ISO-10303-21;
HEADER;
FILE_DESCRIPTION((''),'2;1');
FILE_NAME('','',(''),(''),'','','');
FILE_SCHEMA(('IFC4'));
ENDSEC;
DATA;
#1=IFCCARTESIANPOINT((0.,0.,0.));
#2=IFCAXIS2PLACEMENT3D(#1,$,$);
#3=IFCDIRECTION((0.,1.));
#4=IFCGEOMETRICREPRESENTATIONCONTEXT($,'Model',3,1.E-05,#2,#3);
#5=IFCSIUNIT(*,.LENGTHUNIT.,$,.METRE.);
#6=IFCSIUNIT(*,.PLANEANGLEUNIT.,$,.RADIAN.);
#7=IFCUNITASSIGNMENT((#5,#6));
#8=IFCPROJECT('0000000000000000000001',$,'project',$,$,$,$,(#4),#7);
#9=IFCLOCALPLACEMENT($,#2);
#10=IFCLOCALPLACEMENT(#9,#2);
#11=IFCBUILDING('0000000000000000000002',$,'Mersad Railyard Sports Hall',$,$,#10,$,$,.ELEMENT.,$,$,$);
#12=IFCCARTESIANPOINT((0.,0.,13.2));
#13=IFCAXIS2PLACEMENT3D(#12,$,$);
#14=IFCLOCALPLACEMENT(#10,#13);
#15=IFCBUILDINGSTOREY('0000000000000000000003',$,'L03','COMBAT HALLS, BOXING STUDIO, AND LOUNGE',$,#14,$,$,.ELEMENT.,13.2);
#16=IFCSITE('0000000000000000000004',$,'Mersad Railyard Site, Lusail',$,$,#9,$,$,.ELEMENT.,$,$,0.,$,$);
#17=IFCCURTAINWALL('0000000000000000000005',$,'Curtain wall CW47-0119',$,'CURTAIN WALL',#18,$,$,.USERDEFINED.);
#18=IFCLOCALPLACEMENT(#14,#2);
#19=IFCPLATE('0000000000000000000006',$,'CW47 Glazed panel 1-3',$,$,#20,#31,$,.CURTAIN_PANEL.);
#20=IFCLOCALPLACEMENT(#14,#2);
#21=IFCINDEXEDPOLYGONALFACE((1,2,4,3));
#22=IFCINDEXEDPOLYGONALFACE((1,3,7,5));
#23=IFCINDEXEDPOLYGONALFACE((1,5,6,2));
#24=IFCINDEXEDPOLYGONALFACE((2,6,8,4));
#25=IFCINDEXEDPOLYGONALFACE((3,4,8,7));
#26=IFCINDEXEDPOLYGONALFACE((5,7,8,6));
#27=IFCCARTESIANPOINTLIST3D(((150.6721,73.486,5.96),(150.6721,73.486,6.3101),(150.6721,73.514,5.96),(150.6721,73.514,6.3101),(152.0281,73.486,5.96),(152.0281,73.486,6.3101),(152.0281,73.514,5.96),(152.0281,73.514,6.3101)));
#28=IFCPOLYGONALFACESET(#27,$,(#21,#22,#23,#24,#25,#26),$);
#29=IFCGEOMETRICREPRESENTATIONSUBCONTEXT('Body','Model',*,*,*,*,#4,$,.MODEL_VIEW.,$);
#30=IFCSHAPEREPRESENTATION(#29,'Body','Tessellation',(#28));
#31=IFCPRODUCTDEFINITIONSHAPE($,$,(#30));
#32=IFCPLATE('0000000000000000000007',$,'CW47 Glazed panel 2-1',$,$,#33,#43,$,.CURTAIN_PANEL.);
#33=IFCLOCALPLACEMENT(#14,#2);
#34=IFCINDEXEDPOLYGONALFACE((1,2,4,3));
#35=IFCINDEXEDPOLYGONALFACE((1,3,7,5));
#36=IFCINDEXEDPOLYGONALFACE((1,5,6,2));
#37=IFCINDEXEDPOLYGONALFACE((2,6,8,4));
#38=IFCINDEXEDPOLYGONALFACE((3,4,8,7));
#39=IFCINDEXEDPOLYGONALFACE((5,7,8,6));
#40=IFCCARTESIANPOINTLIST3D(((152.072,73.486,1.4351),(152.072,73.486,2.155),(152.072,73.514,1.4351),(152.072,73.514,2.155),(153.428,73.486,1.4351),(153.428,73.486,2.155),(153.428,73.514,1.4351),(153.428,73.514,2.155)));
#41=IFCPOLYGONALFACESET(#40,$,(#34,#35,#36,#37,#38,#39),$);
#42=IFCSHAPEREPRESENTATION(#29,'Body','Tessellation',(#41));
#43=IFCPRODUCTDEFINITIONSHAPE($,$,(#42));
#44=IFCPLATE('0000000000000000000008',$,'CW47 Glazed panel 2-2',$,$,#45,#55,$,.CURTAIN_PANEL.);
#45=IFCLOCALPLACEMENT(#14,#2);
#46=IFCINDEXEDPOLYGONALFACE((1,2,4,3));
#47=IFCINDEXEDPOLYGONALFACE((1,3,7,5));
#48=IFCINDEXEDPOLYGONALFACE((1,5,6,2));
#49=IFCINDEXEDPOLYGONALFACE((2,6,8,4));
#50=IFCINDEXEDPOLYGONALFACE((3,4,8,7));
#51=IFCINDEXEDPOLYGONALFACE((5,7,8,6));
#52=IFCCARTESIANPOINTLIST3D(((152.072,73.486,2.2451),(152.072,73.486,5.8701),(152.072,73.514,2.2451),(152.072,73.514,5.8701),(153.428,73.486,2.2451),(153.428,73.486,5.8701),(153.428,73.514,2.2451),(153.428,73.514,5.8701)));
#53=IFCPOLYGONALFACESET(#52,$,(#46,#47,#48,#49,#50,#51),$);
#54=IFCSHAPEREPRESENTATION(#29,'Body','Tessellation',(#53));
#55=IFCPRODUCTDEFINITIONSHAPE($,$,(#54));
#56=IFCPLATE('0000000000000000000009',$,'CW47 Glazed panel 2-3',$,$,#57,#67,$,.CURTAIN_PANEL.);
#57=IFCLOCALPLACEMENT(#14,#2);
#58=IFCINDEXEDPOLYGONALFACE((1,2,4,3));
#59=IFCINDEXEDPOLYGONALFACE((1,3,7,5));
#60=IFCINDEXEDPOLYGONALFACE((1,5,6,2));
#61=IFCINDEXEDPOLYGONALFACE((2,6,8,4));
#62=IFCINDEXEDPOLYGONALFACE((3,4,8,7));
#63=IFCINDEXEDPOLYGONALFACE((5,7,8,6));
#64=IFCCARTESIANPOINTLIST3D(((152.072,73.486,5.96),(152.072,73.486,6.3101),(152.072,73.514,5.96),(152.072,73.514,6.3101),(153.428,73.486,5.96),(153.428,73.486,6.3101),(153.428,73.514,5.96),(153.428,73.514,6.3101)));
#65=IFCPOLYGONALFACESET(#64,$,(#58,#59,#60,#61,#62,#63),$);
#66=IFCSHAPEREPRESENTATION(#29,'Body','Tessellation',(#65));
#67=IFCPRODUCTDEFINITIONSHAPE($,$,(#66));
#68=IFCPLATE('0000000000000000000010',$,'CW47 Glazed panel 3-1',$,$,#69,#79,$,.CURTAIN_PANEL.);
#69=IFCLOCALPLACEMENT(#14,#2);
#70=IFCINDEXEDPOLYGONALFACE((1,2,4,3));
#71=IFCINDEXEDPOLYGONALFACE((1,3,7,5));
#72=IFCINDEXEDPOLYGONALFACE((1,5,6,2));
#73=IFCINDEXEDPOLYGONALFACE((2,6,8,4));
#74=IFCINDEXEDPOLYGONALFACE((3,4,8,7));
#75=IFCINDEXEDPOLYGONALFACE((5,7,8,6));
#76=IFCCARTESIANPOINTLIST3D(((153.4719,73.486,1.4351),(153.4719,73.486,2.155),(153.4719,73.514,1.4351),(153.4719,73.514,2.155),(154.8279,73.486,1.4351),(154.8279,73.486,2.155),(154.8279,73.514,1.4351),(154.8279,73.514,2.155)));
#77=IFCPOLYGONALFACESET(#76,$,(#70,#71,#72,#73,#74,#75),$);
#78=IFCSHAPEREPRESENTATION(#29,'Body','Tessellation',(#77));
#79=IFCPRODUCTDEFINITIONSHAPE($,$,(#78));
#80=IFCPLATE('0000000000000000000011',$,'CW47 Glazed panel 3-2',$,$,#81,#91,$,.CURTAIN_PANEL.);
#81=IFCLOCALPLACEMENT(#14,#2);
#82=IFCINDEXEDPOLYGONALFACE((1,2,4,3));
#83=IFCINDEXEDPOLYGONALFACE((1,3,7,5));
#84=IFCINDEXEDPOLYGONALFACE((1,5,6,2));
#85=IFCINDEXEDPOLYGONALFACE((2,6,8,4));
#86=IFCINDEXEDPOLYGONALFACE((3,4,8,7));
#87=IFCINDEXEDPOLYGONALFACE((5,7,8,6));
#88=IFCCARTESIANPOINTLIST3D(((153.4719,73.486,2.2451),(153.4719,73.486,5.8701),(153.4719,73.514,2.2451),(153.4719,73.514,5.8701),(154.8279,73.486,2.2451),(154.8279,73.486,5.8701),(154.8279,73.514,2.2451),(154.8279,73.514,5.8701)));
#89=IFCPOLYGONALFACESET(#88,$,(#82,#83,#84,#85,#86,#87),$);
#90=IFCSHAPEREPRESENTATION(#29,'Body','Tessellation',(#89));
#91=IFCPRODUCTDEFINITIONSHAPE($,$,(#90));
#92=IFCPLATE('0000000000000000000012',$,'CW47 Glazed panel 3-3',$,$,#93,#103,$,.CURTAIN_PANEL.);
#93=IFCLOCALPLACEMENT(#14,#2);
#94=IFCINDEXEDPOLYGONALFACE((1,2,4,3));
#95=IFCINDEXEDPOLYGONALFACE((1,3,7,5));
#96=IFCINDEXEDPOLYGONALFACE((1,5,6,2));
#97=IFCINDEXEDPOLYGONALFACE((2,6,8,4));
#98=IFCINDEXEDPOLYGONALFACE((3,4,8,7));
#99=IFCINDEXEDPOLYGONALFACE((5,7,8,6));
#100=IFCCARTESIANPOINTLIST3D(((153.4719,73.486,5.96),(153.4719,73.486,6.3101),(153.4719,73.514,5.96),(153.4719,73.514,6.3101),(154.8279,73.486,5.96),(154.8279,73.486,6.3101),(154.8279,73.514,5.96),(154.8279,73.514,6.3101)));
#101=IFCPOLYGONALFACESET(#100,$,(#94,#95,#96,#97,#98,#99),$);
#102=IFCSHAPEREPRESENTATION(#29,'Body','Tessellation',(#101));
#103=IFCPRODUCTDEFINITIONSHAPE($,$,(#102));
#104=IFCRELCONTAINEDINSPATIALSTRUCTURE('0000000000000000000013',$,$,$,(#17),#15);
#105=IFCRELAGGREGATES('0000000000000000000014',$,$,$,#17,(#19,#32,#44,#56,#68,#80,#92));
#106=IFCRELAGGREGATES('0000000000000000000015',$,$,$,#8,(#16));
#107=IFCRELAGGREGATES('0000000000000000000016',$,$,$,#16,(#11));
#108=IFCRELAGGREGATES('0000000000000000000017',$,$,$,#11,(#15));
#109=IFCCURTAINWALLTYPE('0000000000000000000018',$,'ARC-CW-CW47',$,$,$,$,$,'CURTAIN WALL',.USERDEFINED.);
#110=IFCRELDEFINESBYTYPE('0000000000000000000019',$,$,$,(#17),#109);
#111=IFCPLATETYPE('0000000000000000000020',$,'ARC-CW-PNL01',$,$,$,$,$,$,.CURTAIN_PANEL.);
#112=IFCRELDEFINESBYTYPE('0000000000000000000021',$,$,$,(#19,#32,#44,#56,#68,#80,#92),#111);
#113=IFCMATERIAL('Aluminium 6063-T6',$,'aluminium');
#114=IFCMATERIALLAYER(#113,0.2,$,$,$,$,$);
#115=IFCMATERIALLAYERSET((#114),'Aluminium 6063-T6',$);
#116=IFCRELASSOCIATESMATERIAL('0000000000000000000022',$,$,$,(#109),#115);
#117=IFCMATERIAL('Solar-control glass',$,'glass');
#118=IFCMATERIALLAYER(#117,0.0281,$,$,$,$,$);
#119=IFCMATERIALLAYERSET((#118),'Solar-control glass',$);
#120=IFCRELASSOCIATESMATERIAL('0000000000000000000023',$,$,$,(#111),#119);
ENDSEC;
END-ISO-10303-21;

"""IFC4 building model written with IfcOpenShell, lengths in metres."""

from ifc_helpers import new_model, si_unit, direction, frame, origin, origin_2d, place, context, subcontext, project, spatial, rectangle, extrude, material, layer, layer_set, type_object, element, aggregate, save


model = new_model("IFC4")

# Units and contexts
model_context = context("Model", 3, precision=1e-05, world=origin(), true_north=direction((0.0, 1.0)))
body_context = subcontext(model_context, "Body", "Model", "MODEL_VIEW")
ifc_project = project(units=[si_unit("LENGTHUNIT", "METRE"), si_unit("PLANEANGLEUNIT", "RADIAN")], contexts=[model_context])

# Site, building, storey
site_placement = place(None, origin())
site = spatial("IfcSite", under=ifc_project, at=site_placement, Name="Mersad Railyard Site, Lusail", CompositionType="ELEMENT", RefElevation=0.0)
building_placement = place(site_placement, origin())
building = spatial("IfcBuilding", under=site, at=building_placement, Name="Mersad Railyard Sports Hall", CompositionType="ELEMENT")
storey_placement = place(building_placement, frame((0.0, 0.0, 13.2)))
storey = spatial("IfcBuildingStorey", under=building, at=storey_placement, Name="L03", Description="COMBAT HALLS, BOXING STUDIO, AND LOUNGE", CompositionType="ELEMENT", Elevation=13.2)

# Shared definitions
ifc_material_1 = material(Name="Aluminium 6063-T6", Category="aluminium")

# Curtain wall
ifc_layer_1 = layer(ifc_material_1, 0.2)
ifc_layer_set_1 = layer_set([ifc_layer_1], Name="Aluminium 6063-T6")
curtain_wall_type_1 = type_object("IfcCurtainWallType", Name="ARC-CW-CW47", ElementType="CURTAIN WALL", PredefinedType="USERDEFINED", material=ifc_layer_set_1)
curtain_wall_1_placement = place(storey_placement, origin())
curtain_wall_1 = element("IfcCurtainWall", 1, at=curtain_wall_1_placement, inside=storey, type_object=curtain_wall_type_1, Name="Curtain wall CW47-0119", ObjectType="CURTAIN WALL", PredefinedType="USERDEFINED")

# Plates
ifc_material_2 = material(Name="Solar-control glass", Category="glass")
ifc_layer_2 = layer(ifc_material_2, 0.0281)
ifc_layer_set_2 = layer_set([ifc_layer_2], Name="Solar-control glass")
plate_type = type_object("IfcPlateType", Name="ARC-CW-PNL01", PredefinedType="CURTAIN_PANEL", material=ifc_layer_set_2)
plate_1_placement = place(storey_placement, frame((151.3501, 73.5, 5.96), z_axis=(0.0, 0.0, 1.0), x_axis=(1.0, 0.0, 0.0)))
plate_1 = element("IfcPlate", 2, at=plate_1_placement, type_object=plate_type, Name="CW47 Glazed panel 1-3", PredefinedType="CURTAIN_PANEL", context=body_context, shape_type="SweptSolid", body=[
    extrude(rectangle(XDim=1.356, YDim=0.0281, at=origin_2d()), origin(), (0.0, 0.0, 1.0), 0.3501),
])
plate_2_placement = place(storey_placement, frame((152.75, 73.5, 1.4351), z_axis=(0.0, 0.0, 1.0), x_axis=(1.0, 0.0, 0.0)))
plate_2 = element("IfcPlate", 3, at=plate_2_placement, type_object=plate_type, Name="CW47 Glazed panel 2-1", PredefinedType="CURTAIN_PANEL", context=body_context, shape_type="SweptSolid", body=[
    extrude(rectangle(XDim=1.356, YDim=0.0281, at=origin_2d()), origin(), (0.0, 0.0, 1.0), 0.72),
])
plate_3_placement = place(storey_placement, frame((152.75, 73.5, 2.2451), z_axis=(0.0, 0.0, 1.0), x_axis=(1.0, 0.0, 0.0)))
plate_3 = element("IfcPlate", 4, at=plate_3_placement, type_object=plate_type, Name="CW47 Glazed panel 2-2", PredefinedType="CURTAIN_PANEL", context=body_context, shape_type="SweptSolid", body=[
    extrude(rectangle(XDim=1.356, YDim=0.0281, at=origin_2d()), origin(), (0.0, 0.0, 1.0), 3.625),
])
plate_4_placement = place(storey_placement, frame((152.75, 73.5, 5.96), z_axis=(0.0, 0.0, 1.0), x_axis=(1.0, 0.0, 0.0)))
plate_4 = element("IfcPlate", 5, at=plate_4_placement, type_object=plate_type, Name="CW47 Glazed panel 2-3", PredefinedType="CURTAIN_PANEL", context=body_context, shape_type="SweptSolid", body=[
    extrude(rectangle(XDim=1.356, YDim=0.0281, at=origin_2d()), origin(), (0.0, 0.0, 1.0), 0.3501),
])
plate_5_placement = place(storey_placement, frame((154.1499, 73.5, 1.4351), z_axis=(0.0, 0.0, 1.0), x_axis=(1.0, 0.0, 0.0)))
plate_5 = element("IfcPlate", 6, at=plate_5_placement, type_object=plate_type, Name="CW47 Glazed panel 3-1", PredefinedType="CURTAIN_PANEL", context=body_context, shape_type="SweptSolid", body=[
    extrude(rectangle(XDim=1.356, YDim=0.0281, at=origin_2d()), origin(), (0.0, 0.0, 1.0), 0.72),
])
plate_6_placement = place(storey_placement, frame((154.1499, 73.5, 2.2451), z_axis=(0.0, 0.0, 1.0), x_axis=(1.0, 0.0, 0.0)))
plate_6 = element("IfcPlate", 7, at=plate_6_placement, type_object=plate_type, Name="CW47 Glazed panel 3-2", PredefinedType="CURTAIN_PANEL", context=body_context, shape_type="SweptSolid", body=[
    extrude(rectangle(XDim=1.356, YDim=0.0281, at=origin_2d()), origin(), (0.0, 0.0, 1.0), 3.625),
])
plate_7_placement = place(storey_placement, frame((154.1499, 73.5, 5.96), z_axis=(0.0, 0.0, 1.0), x_axis=(1.0, 0.0, 0.0)))
plate_7 = element("IfcPlate", 8, at=plate_7_placement, type_object=plate_type, Name="CW47 Glazed panel 3-3", PredefinedType="CURTAIN_PANEL", context=body_context, shape_type="SweptSolid", body=[
    extrude(rectangle(XDim=1.356, YDim=0.0281, at=origin_2d()), origin(), (0.0, 0.0, 1.0), 0.3501),
])
aggregate(curtain_wall_1, [plate_1, plate_2, plate_3, plate_4, plate_5, plate_6, plate_7])

save(model, "model.ifc")
